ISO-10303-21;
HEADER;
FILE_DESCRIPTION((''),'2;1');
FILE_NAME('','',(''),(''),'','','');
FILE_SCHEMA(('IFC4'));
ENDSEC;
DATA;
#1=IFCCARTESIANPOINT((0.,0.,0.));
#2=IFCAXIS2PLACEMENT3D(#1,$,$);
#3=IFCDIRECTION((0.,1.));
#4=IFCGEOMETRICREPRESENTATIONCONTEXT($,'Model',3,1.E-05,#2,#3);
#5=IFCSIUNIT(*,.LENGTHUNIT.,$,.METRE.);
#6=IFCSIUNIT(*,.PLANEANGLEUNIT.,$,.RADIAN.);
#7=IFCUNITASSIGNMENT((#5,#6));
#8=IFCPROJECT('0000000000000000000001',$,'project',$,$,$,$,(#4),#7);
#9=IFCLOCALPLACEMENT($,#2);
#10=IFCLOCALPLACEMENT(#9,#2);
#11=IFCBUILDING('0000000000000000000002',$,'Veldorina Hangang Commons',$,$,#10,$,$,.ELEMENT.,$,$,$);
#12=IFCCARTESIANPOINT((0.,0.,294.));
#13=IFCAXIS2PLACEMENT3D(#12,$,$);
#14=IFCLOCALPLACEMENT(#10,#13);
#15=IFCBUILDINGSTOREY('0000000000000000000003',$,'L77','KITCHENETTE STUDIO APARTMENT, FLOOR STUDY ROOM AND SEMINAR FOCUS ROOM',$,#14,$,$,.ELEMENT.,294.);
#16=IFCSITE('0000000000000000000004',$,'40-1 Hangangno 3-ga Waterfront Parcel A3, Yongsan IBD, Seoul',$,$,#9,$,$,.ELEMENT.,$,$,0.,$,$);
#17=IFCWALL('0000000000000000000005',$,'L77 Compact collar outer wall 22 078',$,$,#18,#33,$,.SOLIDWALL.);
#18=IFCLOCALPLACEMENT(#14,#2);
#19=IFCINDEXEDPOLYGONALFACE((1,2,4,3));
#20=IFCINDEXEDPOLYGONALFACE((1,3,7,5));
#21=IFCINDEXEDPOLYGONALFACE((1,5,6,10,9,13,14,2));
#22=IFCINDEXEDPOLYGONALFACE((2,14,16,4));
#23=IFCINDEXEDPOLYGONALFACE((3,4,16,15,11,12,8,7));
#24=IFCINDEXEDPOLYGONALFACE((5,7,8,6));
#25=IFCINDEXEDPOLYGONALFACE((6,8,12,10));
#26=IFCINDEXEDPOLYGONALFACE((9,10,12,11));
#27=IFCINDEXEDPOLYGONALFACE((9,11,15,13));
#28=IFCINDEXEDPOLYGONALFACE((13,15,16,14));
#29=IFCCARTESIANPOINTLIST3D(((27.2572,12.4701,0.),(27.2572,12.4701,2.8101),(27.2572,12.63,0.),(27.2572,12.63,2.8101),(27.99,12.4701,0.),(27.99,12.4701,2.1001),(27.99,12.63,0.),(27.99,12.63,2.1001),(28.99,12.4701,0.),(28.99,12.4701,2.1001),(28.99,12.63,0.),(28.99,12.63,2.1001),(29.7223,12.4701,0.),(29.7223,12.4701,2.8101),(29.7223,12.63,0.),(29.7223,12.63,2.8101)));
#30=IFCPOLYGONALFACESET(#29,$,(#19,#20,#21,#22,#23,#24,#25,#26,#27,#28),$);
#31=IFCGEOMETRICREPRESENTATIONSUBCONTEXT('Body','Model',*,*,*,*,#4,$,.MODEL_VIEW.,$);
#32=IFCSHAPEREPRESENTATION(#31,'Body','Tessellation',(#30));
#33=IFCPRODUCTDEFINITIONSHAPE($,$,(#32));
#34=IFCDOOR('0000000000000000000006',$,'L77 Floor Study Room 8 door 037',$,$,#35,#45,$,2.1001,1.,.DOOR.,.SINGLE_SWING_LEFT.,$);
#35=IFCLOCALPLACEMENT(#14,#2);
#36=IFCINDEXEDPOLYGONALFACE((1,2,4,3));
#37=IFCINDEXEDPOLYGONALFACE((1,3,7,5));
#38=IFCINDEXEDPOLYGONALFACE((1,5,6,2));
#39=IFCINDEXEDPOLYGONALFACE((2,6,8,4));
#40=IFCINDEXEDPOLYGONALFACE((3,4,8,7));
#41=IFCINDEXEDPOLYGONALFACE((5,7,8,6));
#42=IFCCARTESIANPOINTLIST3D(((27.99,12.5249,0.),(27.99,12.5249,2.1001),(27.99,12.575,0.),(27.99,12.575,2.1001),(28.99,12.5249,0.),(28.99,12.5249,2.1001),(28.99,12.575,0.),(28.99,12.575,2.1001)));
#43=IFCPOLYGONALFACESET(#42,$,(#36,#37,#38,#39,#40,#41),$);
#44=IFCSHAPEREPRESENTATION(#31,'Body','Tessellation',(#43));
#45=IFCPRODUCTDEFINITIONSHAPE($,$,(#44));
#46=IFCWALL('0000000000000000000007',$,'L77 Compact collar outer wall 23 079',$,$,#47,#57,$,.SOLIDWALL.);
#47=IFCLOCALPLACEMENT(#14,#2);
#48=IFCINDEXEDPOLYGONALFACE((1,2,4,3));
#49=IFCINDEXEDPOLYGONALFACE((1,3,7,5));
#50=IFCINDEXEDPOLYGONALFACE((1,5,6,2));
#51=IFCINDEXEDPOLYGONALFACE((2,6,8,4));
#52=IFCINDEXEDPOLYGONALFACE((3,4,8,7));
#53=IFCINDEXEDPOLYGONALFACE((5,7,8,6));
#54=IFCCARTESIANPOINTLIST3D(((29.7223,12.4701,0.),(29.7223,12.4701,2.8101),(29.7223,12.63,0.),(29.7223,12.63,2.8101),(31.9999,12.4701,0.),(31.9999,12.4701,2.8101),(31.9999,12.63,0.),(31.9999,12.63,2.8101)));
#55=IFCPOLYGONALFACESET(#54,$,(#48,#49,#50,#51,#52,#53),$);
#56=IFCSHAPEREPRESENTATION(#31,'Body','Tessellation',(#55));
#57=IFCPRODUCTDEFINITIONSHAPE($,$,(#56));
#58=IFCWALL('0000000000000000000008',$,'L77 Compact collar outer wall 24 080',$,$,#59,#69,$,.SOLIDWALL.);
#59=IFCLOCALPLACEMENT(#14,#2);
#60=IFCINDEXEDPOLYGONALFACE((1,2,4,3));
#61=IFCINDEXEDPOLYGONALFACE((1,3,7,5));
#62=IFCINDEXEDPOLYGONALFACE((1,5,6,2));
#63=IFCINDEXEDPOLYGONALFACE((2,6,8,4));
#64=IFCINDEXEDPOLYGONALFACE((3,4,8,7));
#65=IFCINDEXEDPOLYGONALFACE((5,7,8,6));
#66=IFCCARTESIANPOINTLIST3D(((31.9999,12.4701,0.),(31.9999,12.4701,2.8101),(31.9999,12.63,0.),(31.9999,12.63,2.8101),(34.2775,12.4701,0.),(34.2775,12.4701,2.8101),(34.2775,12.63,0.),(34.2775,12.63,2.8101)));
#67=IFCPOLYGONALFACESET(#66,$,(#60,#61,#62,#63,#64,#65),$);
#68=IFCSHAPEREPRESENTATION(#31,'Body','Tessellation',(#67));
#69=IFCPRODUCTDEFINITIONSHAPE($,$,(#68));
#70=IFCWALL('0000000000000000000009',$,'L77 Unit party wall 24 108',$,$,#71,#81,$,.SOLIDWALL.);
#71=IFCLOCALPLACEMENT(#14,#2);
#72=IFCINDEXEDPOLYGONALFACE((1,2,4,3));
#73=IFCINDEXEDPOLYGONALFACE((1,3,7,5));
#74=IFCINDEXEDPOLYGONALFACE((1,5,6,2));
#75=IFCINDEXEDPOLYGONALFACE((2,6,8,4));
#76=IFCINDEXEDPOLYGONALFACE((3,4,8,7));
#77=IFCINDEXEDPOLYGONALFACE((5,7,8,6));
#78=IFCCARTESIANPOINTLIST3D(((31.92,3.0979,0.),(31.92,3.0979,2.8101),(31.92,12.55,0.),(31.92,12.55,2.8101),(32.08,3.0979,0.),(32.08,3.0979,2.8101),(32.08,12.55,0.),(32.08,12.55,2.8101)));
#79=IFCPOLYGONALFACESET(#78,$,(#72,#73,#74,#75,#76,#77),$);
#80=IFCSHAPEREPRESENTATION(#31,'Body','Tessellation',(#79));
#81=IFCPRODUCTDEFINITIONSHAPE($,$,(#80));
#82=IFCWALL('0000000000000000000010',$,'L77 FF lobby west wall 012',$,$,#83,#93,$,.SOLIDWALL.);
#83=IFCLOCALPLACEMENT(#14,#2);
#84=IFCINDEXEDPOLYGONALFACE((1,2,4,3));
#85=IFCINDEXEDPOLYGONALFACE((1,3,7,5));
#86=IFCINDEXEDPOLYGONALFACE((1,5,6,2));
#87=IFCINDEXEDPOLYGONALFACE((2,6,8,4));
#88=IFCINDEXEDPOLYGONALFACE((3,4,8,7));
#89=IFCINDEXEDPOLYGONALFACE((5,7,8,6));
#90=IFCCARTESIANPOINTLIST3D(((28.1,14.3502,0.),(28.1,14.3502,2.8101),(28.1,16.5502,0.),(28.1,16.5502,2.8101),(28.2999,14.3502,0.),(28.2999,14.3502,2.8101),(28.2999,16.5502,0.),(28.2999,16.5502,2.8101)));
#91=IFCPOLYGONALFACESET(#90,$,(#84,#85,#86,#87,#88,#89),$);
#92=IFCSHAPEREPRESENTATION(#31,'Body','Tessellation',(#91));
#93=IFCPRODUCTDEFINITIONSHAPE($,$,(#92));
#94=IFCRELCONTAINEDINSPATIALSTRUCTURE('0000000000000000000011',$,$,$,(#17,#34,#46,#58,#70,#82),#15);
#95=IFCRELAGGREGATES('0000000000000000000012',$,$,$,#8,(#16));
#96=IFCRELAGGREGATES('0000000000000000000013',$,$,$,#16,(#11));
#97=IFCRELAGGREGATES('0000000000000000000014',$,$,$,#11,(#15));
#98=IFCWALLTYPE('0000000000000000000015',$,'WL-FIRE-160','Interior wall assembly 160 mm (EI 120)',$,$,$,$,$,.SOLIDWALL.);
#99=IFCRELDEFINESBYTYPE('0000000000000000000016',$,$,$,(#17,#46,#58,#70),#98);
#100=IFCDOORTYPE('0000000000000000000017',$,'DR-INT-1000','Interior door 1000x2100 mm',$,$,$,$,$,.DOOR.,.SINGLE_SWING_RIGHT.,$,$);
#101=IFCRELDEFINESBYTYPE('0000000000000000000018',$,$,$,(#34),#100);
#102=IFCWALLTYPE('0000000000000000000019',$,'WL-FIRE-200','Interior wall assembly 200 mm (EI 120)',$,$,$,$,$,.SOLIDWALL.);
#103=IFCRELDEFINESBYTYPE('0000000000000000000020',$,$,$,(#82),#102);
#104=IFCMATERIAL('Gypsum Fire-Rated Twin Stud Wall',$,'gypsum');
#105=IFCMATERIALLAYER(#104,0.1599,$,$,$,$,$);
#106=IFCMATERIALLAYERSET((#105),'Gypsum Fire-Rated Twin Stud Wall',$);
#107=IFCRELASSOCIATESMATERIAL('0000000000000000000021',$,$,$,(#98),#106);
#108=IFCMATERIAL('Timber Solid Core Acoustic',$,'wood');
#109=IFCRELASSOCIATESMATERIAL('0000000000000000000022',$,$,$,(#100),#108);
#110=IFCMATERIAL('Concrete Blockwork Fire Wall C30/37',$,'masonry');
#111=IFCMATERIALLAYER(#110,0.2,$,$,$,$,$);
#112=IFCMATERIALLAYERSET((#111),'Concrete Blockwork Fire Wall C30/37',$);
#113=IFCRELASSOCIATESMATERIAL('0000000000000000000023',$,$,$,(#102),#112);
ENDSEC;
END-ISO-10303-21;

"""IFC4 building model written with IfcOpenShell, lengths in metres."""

from ifc_helpers import new_model, si_unit, direction, frame, frame_2d, origin, place, context, subcontext, project, spatial, rectangle, extrude, material, layer, layer_set, type_object, element, fill, save


model = new_model("IFC4")

# Units and contexts
model_context = context("Model", 3, precision=1e-05, world=origin(), true_north=direction((0.0, 1.0)))
body_context = subcontext(model_context, "Body", "Model", "MODEL_VIEW")
ifc_project = project(units=[si_unit("LENGTHUNIT", "METRE"), si_unit("PLANEANGLEUNIT", "RADIAN")], contexts=[model_context])

# Site, building, storey
site_placement = place(None, origin())
site = spatial("IfcSite", under=ifc_project, at=site_placement, Name="40-1 Hangangno 3-ga Waterfront Parcel A3, Yongsan IBD, Seoul", CompositionType="ELEMENT", RefElevation=0.0)
building_placement = place(site_placement, origin())
building = spatial("IfcBuilding", under=site, at=building_placement, Name="Veldorina Hangang Commons", CompositionType="ELEMENT")
storey_placement = place(building_placement, frame((0.0, 0.0, 294.0)))
storey = spatial("IfcBuildingStorey", under=building, at=storey_placement, Name="L77", Description="KITCHENETTE STUDIO APARTMENT, FLOOR STUDY ROOM AND SEMINAR FOCUS ROOM", CompositionType="ELEMENT", Elevation=294.0)

# Shared definitions
ifc_material_1 = material(Name="Gypsum Fire-Rated Twin Stud Wall", Category="gypsum")
ifc_layer_1 = layer(ifc_material_1, 0.1599)
ifc_layer_set_1 = layer_set([ifc_layer_1], Name="Gypsum Fire-Rated Twin Stud Wall")
wall_type_1 = type_object("IfcWallType", Name="WL-FIRE-160", Description="Interior wall assembly 160 mm (EI 120)", PredefinedType="SOLIDWALL", material=ifc_layer_set_1)

# Wall, opening, door
wall_1_placement = place(storey_placement, frame((27.2573, 12.55, 0.0), z_axis=(0.0, 0.0, 1.0), x_axis=(1.0, 0.0, 0.0)))
wall_1 = element("IfcWall", 1, at=wall_1_placement, inside=storey, type_object=wall_type_1, Name="L77 Compact collar outer wall 22 078", PredefinedType="SOLIDWALL", context=body_context, shape_type="SweptSolid", body=[
    extrude(rectangle(XDim=2.4651, YDim=0.1599, at=frame_2d((1.2324, 0.0))), origin(), (0.0, 0.0, 1.0), 2.8101),
])
opening_1_placement = place(wall_1_placement, frame((0.7327, 0.0, 0.0)))
opening_1 = element("IfcOpeningElement", 2, at=opening_1_placement, cuts=wall_1, PredefinedType="OPENING", context=body_context, shape_type="SweptSolid", body=[
    extrude(rectangle(XDim=1.0, YDim=2.1001, at=frame_2d((0.5, 1.05))), frame((0.0, 0.0898, 0.0), z_axis=(0.0, -1.0, 0.0), x_axis=(1.0, 0.0, 0.0)), (0.0, 0.0, 1.0), 0.1799),
])
ifc_material_2 = material(Name="Timber Solid Core Acoustic", Category="wood")
door_type = type_object("IfcDoorType", Name="DR-INT-1000", Description="Interior door 1000x2100 mm", OperationType="SINGLE_SWING_RIGHT", PredefinedType="DOOR", material=ifc_material_2)
door_placement = place(opening_1_placement, origin())
door = element("IfcDoor", 3, at=door_placement, inside=storey, type_object=door_type, Name="L77 Floor Study Room 8 door 037", OperationType="SINGLE_SWING_LEFT", OverallHeight=2.1001, OverallWidth=1.0, PredefinedType="DOOR", context=body_context, shape_type="SweptSolid", body=[
    extrude(rectangle(XDim=1.0, YDim=2.1001, at=frame_2d((0.5, 1.05))), frame((0.0, 0.0249, 0.0), z_axis=(0.0, -1.0, 0.0), x_axis=(1.0, 0.0, 0.0)), (0.0, 0.0, 1.0), 0.05),
])
fill(opening_1, door)

# Walls
for number, where, z_axis, x_axis, name in (
    (4, (29.7224, 12.55, 0.0), (0.0, 0.0, 1.0), (1.0, 0.0, 0.0), "L77 Compact collar outer wall 23 079"),
    (5, (32.0, 12.55, 0.0), (0.0, 0.0, 1.0), (1.0, 0.0, 0.0), "L77 Compact collar outer wall 24 080"),
):
    element("IfcWall", number, at=place(storey_placement, frame(where, z_axis=z_axis, x_axis=x_axis)), inside=storey, type_object=wall_type_1, Name=name, PredefinedType="SOLIDWALL", context=body_context, shape_type="SweptSolid", body=[
        extrude(rectangle(XDim=2.2776, YDim=0.1599, at=frame_2d((1.1387, 0.0))), origin(), (0.0, 0.0, 1.0), 2.8101),
    ])
wall_2_placement = place(storey_placement, frame((32.0, 12.55, 0.0), z_axis=(0.0, 0.0, 1.0), x_axis=(0.0, -1.0, 0.0)))
element("IfcWall", 6, at=wall_2_placement, inside=storey, type_object=wall_type_1, Name="L77 Unit party wall 24 108", PredefinedType="SOLIDWALL", context=body_context, shape_type="SweptSolid", body=[
    extrude(rectangle(XDim=9.4521, YDim=0.1599, at=frame_2d((4.7261, 0.0))), origin(), (0.0, 0.0, 1.0), 2.8101),
])
ifc_material_3 = material(Name="Concrete Blockwork Fire Wall C30/37", Category="masonry")
ifc_layer_2 = layer(ifc_material_3, 0.2)
ifc_layer_set_2 = layer_set([ifc_layer_2], Name="Concrete Blockwork Fire Wall C30/37")
wall_type_2 = type_object("IfcWallType", Name="WL-FIRE-200", Description="Interior wall assembly 200 mm (EI 120)", PredefinedType="SOLIDWALL", material=ifc_layer_set_2)
wall_3_placement = place(storey_placement, frame((28.2, 14.3501, 0.0), z_axis=(0.0, 0.0, 1.0), x_axis=(0.0, 1.0, 0.0)))
element("IfcWall", 7, at=wall_3_placement, inside=storey, type_object=wall_type_2, Name="L77 FF lobby west wall 012", PredefinedType="SOLIDWALL", context=body_context, shape_type="SweptSolid", body=[
    extrude(rectangle(XDim=2.2, YDim=0.2, at=frame_2d((1.1001, 0.0))), origin(), (0.0, 0.0, 1.0), 2.8101),
])

save(model, "model.ifc")
